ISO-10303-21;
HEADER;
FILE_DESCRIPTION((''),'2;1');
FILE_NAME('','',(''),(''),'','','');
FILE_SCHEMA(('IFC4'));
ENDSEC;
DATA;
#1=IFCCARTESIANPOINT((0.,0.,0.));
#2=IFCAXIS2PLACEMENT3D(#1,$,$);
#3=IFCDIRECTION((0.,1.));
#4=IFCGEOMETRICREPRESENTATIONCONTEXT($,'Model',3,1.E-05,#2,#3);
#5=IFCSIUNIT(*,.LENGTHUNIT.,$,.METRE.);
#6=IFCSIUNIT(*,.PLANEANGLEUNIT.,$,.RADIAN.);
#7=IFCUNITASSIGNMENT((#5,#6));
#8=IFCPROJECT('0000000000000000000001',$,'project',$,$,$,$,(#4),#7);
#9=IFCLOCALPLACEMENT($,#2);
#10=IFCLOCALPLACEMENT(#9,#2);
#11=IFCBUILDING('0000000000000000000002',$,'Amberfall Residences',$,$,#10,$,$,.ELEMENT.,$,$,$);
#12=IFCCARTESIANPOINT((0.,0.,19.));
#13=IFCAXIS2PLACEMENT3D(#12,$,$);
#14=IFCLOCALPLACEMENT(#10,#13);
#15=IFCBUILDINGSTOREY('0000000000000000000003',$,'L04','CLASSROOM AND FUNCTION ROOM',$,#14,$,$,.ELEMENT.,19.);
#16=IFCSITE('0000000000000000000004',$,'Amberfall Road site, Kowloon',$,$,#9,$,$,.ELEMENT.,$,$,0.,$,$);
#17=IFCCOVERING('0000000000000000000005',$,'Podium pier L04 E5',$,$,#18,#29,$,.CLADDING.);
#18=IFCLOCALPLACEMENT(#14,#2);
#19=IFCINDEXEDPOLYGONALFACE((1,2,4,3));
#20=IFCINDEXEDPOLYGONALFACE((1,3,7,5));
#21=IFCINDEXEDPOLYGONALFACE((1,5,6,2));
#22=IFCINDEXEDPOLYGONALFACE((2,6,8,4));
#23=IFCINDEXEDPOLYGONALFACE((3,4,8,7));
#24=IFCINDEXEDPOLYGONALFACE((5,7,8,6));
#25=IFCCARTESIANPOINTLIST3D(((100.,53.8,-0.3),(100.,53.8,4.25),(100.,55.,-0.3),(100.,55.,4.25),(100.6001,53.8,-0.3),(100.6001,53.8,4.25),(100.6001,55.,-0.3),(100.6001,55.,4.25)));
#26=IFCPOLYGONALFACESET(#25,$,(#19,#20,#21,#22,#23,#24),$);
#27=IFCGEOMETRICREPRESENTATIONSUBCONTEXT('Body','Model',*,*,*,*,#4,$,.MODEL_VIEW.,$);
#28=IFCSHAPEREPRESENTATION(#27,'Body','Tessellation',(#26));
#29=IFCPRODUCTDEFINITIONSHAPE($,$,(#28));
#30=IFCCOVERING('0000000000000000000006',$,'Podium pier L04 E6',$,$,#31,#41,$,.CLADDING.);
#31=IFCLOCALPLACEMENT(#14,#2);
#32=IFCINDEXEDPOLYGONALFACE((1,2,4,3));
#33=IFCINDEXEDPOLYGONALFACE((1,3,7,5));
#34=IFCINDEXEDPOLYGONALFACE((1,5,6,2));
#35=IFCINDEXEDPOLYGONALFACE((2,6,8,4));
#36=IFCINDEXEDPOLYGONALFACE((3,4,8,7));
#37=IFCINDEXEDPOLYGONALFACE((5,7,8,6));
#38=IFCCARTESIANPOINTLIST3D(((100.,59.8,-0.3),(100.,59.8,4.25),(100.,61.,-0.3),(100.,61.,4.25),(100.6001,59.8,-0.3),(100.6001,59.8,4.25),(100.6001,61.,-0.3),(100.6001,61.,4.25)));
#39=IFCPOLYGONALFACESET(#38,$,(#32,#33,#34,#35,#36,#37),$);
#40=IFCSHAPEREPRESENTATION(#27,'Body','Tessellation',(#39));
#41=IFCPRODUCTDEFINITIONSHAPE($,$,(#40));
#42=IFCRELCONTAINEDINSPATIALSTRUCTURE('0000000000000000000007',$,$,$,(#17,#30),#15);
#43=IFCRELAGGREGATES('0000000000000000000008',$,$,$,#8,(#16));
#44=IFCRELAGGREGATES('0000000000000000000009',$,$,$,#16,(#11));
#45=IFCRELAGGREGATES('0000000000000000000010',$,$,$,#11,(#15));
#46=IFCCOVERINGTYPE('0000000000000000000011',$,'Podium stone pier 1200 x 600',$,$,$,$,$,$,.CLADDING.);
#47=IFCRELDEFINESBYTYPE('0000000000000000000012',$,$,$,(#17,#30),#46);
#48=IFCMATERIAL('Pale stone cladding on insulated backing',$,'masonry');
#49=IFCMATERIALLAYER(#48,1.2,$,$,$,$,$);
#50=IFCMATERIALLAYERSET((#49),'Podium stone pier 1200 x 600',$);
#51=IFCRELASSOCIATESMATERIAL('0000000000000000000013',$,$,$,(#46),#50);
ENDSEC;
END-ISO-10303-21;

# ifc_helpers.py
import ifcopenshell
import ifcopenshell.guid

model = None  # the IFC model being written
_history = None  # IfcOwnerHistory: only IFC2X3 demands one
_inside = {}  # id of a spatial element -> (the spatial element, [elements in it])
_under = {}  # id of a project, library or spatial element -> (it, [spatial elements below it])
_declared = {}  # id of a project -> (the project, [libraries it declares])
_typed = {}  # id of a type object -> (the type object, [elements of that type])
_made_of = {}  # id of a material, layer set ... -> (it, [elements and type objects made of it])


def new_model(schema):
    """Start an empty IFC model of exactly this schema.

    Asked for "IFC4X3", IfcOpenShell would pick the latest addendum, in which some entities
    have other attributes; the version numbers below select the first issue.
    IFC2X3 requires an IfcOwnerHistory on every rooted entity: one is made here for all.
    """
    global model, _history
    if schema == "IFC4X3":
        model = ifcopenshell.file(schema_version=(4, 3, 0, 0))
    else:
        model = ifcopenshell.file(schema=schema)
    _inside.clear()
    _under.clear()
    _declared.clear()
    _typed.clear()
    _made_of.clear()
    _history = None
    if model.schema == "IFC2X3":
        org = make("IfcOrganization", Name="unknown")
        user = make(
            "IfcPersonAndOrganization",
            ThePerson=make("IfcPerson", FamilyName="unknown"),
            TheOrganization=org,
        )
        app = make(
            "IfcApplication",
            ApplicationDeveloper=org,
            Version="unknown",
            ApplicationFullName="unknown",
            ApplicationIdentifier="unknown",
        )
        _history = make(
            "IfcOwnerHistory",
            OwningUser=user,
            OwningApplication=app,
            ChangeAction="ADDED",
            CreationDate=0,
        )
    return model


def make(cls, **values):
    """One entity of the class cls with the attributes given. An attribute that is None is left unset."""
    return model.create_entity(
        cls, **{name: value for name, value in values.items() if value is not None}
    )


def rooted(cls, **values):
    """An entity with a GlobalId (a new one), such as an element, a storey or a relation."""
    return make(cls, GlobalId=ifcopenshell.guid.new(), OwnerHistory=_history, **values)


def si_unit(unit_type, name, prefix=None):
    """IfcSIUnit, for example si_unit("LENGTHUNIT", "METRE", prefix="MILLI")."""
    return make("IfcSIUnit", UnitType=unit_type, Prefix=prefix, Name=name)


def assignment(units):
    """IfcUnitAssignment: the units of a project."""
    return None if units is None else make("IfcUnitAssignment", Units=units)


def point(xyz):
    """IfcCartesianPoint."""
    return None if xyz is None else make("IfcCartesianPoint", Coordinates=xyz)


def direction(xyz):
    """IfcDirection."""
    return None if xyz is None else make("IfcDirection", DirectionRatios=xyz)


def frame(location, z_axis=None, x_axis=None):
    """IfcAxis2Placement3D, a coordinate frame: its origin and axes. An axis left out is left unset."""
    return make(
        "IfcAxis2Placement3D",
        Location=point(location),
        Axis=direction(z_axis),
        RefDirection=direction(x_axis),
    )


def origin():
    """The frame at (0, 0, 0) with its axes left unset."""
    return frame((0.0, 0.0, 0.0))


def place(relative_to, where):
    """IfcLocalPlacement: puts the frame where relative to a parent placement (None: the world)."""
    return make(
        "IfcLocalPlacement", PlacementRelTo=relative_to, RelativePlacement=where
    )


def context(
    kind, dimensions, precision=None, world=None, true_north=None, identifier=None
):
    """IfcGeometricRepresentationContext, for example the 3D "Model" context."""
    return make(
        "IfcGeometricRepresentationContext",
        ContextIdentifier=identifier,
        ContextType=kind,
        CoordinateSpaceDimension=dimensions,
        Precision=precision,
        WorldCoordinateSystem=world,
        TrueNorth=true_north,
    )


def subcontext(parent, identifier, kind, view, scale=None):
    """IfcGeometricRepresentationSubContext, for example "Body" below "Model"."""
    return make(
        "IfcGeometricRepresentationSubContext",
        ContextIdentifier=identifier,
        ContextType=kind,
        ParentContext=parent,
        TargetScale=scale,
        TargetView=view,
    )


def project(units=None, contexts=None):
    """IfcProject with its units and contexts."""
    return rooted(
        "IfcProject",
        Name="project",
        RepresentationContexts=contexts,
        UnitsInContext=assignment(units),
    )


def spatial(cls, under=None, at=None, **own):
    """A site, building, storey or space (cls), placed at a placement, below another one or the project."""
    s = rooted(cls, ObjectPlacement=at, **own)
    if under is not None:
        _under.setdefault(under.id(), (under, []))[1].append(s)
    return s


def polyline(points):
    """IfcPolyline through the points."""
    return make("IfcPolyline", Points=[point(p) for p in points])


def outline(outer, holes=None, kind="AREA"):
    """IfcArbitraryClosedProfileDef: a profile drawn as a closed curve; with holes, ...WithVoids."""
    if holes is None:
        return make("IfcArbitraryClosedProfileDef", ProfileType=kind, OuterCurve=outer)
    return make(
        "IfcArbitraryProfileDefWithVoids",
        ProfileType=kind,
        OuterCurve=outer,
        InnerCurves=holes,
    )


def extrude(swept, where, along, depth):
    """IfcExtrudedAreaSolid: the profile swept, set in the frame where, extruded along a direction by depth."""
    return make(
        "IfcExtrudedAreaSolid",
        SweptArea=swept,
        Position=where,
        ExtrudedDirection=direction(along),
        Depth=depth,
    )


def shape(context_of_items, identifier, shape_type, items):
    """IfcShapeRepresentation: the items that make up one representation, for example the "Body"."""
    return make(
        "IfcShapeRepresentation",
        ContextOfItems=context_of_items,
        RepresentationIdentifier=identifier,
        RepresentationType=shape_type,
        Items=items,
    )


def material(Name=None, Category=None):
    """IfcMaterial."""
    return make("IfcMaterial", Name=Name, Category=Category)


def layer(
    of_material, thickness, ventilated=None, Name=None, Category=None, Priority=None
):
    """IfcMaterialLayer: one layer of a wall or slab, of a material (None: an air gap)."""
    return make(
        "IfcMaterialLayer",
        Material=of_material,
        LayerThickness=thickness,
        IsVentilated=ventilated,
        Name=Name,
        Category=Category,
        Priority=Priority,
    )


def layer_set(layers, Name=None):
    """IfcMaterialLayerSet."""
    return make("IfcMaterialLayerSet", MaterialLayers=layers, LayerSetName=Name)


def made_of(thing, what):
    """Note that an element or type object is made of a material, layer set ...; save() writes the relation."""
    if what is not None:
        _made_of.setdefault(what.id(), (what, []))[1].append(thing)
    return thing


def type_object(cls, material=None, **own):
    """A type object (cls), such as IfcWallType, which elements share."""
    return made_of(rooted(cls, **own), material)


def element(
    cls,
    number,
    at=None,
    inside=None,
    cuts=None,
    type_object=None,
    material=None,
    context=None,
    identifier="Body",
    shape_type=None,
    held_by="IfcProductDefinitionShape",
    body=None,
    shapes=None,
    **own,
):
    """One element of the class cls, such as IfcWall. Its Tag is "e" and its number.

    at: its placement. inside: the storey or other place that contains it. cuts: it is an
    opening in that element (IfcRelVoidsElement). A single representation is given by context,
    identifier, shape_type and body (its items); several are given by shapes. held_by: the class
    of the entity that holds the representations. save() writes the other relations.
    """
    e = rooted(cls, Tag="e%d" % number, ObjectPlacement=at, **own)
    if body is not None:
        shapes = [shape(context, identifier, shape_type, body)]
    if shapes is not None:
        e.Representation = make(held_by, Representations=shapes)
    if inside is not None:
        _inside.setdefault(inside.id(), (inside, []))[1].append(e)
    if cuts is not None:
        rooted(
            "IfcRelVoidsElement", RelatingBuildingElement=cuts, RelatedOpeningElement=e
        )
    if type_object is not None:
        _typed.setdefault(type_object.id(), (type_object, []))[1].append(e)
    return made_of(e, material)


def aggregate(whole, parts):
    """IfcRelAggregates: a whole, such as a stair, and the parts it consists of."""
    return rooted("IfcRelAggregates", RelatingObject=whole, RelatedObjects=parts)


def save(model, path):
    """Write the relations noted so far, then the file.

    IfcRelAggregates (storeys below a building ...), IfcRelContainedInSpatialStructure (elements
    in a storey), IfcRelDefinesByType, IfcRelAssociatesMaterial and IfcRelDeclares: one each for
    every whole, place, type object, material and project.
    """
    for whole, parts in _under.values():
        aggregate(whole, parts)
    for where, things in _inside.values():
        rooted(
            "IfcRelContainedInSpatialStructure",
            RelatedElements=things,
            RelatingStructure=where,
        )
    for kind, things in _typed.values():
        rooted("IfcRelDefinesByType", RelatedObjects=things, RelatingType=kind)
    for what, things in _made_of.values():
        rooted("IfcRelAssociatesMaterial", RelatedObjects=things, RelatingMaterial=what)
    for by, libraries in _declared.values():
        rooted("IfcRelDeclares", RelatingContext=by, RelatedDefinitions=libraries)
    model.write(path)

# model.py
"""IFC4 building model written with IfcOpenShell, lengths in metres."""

from ifc_helpers import new_model, si_unit, direction, frame, origin, place, context, subcontext, project, spatial, polyline, outline, extrude, material, layer, layer_set, type_object, element, save


model = new_model("IFC4")

# Units and contexts
model_context = context("Model", 3, precision=1e-05, world=origin(), true_north=direction((0.0, 1.0)))
body_context = subcontext(model_context, "Body", "Model", "MODEL_VIEW")
ifc_project = project(units=[si_unit("LENGTHUNIT", "METRE"), si_unit("PLANEANGLEUNIT", "RADIAN")], contexts=[model_context])

# Site, building, storey
site_placement = place(None, origin())
site = spatial("IfcSite", under=ifc_project, at=site_placement, Name="Amberfall Road site, Kowloon", CompositionType="ELEMENT", RefElevation=0.0)
building_placement = place(site_placement, origin())
building = spatial("IfcBuilding", under=site, at=building_placement, Name="Amberfall Residences", CompositionType="ELEMENT")
storey_placement = place(building_placement, frame((0.0, 0.0, 19.0)))
storey = spatial("IfcBuildingStorey", under=building, at=storey_placement, Name="L04", Description="CLASSROOM AND FUNCTION ROOM", CompositionType="ELEMENT", Elevation=19.0)

# Coverings
ifc_material_1 = material(Name="Pale stone cladding on insulated backing", Category="masonry")
ifc_layer_1 = layer(ifc_material_1, 1.2)
ifc_layer_set_1 = layer_set([ifc_layer_1], Name="Podium stone pier 1200 x 600")
covering_type = type_object("IfcCoveringType", Name="Podium stone pier 1200 x 600", PredefinedType="CLADDING", material=ifc_layer_set_1)
covering_1_placement = place(storey_placement, frame((0.0, 0.0, -0.3)))
element("IfcCovering", 1, at=covering_1_placement, inside=storey, type_object=covering_type, Name="Podium pier L04 E5", PredefinedType="CLADDING", context=body_context, shape_type="SweptSolid", body=[
    extrude(outline(polyline([(100.0, 53.8), (100.0, 55.0), (100.6001, 55.0), (100.6001, 53.8), (100.0, 53.8)])), origin(), (0.0, 0.0, 1.0), 4.55),
])
covering_2_placement = place(storey_placement, frame((0.0, 0.0, -0.3)))
element("IfcCovering", 2, at=covering_2_placement, inside=storey, type_object=covering_type, Name="Podium pier L04 E6", PredefinedType="CLADDING", context=body_context, shape_type="SweptSolid", body=[
    extrude(outline(polyline([(100.0, 59.8), (100.0, 61.0), (100.6001, 61.0), (100.6001, 59.8), (100.0, 59.8)])), origin(), (0.0, 0.0, 1.0), 4.55),
])

save(model, "model.ifc")
